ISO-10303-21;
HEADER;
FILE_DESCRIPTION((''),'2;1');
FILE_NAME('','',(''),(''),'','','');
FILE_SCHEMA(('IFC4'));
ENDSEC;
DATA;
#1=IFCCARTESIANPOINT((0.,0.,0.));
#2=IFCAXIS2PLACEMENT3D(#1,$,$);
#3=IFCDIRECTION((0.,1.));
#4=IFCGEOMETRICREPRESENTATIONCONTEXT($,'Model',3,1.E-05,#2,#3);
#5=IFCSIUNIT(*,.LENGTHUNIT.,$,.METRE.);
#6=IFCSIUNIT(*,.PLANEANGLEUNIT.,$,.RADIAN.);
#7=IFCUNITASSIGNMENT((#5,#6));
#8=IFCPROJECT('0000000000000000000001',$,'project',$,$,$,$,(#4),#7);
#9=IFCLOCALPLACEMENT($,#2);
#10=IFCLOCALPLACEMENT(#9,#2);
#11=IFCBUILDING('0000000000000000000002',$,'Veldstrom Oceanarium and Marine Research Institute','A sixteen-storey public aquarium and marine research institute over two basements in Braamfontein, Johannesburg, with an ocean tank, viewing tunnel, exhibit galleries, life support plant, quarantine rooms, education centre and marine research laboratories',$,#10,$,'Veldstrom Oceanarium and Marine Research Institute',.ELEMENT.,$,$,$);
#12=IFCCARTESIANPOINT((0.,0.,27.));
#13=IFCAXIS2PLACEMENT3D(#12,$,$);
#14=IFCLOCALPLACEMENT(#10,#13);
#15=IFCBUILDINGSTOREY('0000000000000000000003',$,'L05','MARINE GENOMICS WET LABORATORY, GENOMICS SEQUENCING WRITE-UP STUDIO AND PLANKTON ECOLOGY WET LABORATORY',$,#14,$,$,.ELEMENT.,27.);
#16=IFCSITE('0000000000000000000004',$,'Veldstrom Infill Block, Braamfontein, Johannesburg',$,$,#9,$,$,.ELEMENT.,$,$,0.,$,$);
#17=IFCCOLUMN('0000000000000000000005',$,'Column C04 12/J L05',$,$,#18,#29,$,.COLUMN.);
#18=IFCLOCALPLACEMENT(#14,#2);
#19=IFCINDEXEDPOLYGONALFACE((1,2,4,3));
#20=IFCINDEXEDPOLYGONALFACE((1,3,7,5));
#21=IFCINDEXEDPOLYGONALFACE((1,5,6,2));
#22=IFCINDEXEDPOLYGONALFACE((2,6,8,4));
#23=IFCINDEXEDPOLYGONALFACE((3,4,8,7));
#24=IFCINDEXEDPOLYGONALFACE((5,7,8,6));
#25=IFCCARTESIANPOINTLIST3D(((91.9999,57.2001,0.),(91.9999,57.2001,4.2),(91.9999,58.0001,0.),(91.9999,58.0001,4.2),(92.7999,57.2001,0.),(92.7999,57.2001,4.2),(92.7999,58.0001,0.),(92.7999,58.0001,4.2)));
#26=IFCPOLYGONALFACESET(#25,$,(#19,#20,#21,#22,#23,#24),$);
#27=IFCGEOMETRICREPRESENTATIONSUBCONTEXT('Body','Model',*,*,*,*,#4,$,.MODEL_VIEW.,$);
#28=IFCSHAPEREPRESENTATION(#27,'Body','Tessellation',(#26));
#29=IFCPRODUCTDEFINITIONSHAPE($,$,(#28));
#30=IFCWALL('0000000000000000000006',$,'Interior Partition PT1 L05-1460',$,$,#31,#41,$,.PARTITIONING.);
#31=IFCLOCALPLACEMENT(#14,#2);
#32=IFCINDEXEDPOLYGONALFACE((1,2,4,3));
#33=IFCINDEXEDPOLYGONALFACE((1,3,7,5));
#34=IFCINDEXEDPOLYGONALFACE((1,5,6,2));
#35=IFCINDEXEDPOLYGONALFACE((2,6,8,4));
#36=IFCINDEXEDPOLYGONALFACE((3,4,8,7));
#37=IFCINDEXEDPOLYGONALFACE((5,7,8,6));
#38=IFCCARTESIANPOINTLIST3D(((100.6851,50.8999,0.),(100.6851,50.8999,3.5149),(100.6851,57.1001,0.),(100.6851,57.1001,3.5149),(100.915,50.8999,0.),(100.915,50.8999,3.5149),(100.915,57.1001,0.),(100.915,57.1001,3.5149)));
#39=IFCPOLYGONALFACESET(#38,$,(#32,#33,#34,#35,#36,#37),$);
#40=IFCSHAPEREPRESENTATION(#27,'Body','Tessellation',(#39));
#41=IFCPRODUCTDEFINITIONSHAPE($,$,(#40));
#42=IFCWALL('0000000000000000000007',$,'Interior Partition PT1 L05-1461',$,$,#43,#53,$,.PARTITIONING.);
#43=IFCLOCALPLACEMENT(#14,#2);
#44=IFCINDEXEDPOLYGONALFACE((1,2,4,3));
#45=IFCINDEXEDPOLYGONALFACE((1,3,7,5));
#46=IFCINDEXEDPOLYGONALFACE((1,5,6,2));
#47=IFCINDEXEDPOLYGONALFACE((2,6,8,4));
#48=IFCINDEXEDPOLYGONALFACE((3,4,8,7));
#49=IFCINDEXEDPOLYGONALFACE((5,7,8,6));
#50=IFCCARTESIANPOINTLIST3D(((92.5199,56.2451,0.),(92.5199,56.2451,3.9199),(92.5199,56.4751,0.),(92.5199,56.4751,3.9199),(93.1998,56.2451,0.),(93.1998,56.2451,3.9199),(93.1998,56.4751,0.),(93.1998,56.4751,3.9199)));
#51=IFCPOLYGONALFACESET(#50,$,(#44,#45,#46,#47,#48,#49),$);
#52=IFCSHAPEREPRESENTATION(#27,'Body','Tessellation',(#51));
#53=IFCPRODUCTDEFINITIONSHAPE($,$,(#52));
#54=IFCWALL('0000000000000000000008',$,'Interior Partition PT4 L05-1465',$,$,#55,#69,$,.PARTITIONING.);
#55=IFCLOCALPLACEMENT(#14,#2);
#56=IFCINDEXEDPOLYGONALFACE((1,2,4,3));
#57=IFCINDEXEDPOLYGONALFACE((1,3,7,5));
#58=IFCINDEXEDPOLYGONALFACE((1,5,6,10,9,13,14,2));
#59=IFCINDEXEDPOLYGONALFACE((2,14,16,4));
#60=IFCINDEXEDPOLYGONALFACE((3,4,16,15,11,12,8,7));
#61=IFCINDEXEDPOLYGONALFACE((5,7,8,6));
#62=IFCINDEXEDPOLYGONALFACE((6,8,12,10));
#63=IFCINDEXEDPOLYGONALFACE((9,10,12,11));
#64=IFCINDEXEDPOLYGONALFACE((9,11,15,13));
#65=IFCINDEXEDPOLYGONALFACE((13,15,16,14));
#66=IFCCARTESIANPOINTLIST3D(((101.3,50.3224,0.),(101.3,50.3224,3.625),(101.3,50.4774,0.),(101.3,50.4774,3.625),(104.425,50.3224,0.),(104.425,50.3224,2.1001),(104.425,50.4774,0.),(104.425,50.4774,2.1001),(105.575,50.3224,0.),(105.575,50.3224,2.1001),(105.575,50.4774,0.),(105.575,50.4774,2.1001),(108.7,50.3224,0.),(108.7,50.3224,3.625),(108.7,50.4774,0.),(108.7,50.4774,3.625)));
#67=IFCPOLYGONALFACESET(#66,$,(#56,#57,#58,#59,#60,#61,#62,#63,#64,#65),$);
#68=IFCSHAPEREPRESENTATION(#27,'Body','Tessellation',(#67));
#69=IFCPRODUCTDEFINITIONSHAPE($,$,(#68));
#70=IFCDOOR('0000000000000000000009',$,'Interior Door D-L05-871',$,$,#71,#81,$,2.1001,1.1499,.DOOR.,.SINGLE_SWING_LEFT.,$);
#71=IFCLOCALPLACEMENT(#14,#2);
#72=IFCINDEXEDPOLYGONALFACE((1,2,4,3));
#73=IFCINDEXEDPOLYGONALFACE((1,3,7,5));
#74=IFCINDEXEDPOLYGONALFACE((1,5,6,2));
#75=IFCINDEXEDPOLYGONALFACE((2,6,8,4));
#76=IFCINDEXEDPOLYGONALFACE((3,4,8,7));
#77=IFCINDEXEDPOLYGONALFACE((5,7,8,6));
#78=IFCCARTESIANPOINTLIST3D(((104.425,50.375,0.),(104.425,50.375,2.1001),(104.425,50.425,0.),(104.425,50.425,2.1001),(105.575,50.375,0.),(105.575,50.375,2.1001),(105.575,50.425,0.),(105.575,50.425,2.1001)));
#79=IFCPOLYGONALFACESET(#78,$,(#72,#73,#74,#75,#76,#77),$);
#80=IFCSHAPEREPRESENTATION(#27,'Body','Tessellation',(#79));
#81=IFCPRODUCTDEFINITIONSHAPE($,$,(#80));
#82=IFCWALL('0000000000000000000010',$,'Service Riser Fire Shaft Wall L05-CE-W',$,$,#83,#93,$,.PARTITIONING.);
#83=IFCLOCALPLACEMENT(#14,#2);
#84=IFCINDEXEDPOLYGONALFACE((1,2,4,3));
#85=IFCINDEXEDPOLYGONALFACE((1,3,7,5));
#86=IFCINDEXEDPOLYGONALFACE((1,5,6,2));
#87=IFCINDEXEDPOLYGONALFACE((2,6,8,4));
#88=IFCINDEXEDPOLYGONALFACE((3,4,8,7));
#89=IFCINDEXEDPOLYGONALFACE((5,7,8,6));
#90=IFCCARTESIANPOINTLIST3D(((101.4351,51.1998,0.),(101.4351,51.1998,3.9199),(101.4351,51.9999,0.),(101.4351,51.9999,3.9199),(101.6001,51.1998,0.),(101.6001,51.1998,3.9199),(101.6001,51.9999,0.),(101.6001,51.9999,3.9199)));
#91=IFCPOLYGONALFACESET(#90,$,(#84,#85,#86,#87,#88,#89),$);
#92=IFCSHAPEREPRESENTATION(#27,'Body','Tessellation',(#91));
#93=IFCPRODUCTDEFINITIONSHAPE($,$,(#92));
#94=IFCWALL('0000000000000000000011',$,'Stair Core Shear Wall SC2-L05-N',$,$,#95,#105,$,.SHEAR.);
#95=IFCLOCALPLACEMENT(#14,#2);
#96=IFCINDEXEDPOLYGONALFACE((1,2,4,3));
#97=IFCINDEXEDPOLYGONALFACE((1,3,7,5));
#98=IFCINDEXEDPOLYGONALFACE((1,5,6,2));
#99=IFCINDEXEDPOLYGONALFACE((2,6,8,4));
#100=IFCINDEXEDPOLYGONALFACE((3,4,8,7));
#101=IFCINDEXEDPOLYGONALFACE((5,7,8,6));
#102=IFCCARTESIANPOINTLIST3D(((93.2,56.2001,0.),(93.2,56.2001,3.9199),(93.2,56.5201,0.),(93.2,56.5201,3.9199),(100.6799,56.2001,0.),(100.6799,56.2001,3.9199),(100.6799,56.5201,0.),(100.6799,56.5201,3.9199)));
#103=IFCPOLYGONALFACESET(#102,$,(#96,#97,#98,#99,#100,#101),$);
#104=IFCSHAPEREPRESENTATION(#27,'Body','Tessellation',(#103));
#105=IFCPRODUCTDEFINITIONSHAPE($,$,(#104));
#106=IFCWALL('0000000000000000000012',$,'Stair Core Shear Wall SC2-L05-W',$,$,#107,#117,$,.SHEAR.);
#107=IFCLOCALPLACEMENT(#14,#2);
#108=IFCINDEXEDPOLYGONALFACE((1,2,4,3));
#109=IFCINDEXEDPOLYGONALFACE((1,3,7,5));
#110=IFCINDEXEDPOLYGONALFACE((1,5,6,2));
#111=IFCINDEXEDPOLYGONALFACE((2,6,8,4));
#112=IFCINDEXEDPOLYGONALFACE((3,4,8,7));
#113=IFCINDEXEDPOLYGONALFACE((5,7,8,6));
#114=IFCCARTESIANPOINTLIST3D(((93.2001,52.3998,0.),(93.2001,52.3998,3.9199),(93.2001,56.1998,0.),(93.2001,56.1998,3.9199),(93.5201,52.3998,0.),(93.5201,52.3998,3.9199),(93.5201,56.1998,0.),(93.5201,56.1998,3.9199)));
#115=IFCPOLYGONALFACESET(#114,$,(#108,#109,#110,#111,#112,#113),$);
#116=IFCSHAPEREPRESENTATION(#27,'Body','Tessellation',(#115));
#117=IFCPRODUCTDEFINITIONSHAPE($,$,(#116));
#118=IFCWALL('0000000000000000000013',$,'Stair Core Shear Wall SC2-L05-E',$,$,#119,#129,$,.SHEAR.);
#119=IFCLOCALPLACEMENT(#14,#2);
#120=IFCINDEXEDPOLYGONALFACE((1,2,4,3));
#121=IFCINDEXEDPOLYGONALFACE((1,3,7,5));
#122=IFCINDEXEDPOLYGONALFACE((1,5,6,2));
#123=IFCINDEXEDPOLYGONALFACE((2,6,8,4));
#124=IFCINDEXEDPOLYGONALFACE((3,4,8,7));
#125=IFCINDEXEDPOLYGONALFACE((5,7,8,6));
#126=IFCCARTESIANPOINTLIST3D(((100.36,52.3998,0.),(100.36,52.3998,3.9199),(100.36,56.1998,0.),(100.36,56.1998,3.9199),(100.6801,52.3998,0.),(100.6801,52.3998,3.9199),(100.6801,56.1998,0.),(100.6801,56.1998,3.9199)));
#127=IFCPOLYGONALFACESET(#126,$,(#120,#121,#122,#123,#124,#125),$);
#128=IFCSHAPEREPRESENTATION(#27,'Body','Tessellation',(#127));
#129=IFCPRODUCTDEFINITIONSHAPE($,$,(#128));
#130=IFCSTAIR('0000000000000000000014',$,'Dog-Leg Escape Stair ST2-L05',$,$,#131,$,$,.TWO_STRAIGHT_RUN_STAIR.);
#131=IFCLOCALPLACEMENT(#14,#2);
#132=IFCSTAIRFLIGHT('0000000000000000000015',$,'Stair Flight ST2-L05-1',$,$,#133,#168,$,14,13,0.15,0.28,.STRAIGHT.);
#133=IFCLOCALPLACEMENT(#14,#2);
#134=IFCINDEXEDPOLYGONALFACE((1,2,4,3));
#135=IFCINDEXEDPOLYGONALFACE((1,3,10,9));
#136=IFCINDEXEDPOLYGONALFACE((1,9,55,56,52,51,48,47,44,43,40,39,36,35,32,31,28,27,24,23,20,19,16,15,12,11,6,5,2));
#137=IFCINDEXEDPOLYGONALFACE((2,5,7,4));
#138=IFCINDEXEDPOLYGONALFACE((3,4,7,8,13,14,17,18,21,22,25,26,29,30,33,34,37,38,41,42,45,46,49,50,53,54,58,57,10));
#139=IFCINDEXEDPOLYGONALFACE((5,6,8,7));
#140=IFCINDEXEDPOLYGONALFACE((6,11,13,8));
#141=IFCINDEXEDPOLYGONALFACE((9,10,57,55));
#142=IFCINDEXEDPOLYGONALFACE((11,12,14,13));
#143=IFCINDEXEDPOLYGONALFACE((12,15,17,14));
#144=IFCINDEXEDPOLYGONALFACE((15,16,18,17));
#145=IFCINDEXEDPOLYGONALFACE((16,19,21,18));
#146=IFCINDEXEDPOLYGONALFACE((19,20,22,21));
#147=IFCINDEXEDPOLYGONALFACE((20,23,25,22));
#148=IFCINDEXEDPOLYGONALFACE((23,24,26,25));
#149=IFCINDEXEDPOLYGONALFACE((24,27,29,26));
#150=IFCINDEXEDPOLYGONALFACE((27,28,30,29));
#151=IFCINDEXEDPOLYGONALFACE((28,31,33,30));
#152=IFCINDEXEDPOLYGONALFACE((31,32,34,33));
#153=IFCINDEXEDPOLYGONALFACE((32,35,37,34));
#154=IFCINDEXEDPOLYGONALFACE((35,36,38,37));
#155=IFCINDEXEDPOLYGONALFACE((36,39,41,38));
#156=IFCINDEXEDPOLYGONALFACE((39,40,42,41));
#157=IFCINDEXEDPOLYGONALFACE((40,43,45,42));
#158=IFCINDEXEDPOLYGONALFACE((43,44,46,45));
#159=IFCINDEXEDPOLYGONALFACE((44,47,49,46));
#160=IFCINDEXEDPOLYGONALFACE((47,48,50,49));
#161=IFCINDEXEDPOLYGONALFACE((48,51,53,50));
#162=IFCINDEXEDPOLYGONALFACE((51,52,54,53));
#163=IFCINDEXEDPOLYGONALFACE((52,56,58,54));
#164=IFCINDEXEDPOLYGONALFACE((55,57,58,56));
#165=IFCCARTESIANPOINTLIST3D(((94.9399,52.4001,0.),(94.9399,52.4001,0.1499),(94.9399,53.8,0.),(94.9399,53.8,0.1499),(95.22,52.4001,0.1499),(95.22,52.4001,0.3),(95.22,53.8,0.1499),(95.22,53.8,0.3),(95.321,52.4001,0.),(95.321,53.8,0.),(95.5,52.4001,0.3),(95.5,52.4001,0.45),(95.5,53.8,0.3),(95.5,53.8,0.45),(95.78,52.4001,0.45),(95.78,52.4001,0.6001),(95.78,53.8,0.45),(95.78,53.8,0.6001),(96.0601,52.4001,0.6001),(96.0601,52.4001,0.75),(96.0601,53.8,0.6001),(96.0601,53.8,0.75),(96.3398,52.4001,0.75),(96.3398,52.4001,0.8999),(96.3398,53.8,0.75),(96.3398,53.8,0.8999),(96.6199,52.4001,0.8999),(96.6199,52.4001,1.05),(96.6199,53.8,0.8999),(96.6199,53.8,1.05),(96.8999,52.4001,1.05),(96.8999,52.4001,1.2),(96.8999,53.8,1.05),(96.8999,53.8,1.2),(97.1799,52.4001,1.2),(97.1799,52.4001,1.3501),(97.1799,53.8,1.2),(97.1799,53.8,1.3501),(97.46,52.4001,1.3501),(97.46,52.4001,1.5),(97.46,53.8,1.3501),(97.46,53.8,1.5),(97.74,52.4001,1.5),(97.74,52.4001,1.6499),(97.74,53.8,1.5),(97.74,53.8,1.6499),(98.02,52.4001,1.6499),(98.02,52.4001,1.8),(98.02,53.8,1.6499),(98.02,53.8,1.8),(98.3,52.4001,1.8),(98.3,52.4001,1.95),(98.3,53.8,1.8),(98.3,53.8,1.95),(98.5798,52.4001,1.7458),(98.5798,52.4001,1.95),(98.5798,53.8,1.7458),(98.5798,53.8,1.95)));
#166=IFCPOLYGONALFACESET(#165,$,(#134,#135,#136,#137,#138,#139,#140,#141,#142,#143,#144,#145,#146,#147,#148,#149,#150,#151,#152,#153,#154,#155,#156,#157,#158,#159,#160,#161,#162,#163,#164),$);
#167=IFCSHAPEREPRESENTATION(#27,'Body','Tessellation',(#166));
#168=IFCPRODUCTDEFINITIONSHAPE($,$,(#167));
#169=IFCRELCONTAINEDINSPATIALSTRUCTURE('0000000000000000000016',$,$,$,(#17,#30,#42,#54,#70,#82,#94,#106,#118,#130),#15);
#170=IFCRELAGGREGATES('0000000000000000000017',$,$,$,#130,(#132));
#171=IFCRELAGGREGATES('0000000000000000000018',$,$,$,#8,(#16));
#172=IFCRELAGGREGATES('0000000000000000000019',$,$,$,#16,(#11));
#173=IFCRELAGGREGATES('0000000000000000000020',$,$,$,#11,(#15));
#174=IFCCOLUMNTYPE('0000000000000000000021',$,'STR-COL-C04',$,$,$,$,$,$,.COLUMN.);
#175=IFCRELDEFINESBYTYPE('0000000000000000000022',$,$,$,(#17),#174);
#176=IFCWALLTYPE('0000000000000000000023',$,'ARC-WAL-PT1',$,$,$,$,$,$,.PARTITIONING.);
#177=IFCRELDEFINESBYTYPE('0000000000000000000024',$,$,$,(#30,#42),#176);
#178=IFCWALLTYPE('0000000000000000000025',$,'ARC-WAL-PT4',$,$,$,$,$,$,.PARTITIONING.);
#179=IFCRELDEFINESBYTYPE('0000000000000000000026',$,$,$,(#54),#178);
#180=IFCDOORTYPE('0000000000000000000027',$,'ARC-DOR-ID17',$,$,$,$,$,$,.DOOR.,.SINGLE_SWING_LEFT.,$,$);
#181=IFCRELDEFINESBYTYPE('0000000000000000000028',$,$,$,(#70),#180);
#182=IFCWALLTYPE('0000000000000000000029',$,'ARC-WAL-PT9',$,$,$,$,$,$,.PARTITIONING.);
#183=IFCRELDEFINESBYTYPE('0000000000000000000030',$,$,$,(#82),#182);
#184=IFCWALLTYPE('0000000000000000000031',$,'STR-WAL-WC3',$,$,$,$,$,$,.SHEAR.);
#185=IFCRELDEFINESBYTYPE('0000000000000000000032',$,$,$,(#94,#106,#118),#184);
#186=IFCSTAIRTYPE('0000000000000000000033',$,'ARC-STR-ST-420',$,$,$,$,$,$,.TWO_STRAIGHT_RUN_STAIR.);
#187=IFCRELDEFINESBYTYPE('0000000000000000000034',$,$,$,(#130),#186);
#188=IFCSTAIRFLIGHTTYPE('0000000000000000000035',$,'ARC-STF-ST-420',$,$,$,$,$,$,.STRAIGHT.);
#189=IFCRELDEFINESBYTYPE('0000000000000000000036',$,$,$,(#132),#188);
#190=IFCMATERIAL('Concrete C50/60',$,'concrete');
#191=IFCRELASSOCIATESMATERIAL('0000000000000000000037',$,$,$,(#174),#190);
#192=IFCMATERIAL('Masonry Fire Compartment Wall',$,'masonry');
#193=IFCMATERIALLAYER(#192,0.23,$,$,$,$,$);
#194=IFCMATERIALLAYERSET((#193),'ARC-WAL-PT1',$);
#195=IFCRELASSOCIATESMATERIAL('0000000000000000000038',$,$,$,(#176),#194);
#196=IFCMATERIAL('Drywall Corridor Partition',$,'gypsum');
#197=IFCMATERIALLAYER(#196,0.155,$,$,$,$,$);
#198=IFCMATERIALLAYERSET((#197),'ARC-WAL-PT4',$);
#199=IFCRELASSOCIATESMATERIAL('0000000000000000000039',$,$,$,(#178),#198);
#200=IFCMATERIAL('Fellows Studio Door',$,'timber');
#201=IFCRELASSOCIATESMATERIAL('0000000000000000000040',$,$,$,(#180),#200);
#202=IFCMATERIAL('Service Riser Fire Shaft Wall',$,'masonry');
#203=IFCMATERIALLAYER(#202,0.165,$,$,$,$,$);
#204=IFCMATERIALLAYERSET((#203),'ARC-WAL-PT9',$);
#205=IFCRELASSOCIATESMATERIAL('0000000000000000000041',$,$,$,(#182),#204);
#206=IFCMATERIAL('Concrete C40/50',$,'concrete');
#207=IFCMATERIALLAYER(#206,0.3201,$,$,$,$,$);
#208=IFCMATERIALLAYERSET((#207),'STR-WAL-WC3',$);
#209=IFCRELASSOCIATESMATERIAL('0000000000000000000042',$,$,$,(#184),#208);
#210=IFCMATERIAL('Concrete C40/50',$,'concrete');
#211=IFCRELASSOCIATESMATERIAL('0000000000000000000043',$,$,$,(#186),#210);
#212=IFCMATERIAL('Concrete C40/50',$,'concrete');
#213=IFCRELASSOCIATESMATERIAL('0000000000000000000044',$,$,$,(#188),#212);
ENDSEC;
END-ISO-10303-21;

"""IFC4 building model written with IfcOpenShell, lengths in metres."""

from ifc_helpers import new_model, si_unit, direction, frame, frame_2d, origin, origin_2d, place, context, subcontext, project, spatial, polyline, rectangle, outline, extrude, material, layer, layer_set, material_profile, profile_set, type_object, element, fill, aggregate, save


model = new_model("IFC4")

# Units and contexts
model_context = context("Model", 3, precision=1e-05, world=origin(), true_north=direction((0.0, 1.0)))
body_context = subcontext(model_context, "Body", "Model", "MODEL_VIEW")
ifc_project = project(units=[si_unit("LENGTHUNIT", "METRE"), si_unit("PLANEANGLEUNIT", "RADIAN")], contexts=[model_context])

# Site, building, storey
site_placement = place(None, origin())
site = spatial("IfcSite", under=ifc_project, at=site_placement, Name="Veldstrom Infill Block, Braamfontein, Johannesburg", CompositionType="ELEMENT", RefElevation=0.0)
building_placement = place(site_placement, origin())
building = spatial("IfcBuilding", under=site, at=building_placement, Name="Veldstrom Oceanarium and Marine Research Institute", Description="A sixteen-storey public aquarium and marine research institute over two basements in Braamfontein, Johannesburg, with an ocean tank, viewing tunnel, exhibit galleries, life support plant, quarantine rooms, education centre and marine research laboratories", LongName="Veldstrom Oceanarium and Marine Research Institute", CompositionType="ELEMENT")
storey_placement = place(building_placement, frame((0.0, 0.0, 27.0)))
storey = spatial("IfcBuildingStorey", under=building, at=storey_placement, Name="L05", Description="MARINE GENOMICS WET LABORATORY, GENOMICS SEQUENCING WRITE-UP STUDIO AND PLANKTON ECOLOGY WET LABORATORY", CompositionType="ELEMENT", Elevation=27.0)

# Column
ifc_material_1 = material(Name="Concrete C50/60", Category="concrete")
ifc_material_profile = material_profile(ifc_material_1, rectangle(XDim=0.8, YDim=0.8, at=origin_2d()), Name="RC-COL-800x800")
ifc_profile_set = profile_set([ifc_material_profile], Name="Concrete C50/60")
column_type = type_object("IfcColumnType", Name="STR-COL-C04", PredefinedType="COLUMN", material=ifc_profile_set)
column_placement = place(storey_placement, frame((92.3999, 57.6001, 0.0), z_axis=(0.0, 0.0, 1.0), x_axis=(1.0, 0.0, 0.0)))
element("IfcColumn", 1, at=column_placement, inside=storey, type_object=column_type, Name="Column C04 12/J L05", PredefinedType="COLUMN", context=body_context, shape_type="SweptSolid", body=[
    extrude(rectangle(XDim=0.8, YDim=0.8, at=origin_2d()), origin(), (0.0, 0.0, 1.0), 4.2),
])

# Shared definitions
ifc_material_2 = material(Name="Masonry Fire Compartment Wall", Category="masonry")
ifc_layer_1 = layer(ifc_material_2, 0.23)
ifc_layer_set_1 = layer_set([ifc_layer_1], Name="ARC-WAL-PT1")
wall_type_1 = type_object("IfcWallType", Name="ARC-WAL-PT1", PredefinedType="PARTITIONING", material=ifc_layer_set_1)

# Walls
wall_1_placement = place(storey_placement, frame((100.8, 50.8999, 0.0), z_axis=(0.0, 0.0, 1.0), x_axis=(0.0, 1.0, 0.0)))
element("IfcWall", 2, at=wall_1_placement, inside=storey, type_object=wall_type_1, Name="Interior Partition PT1 L05-1460", PredefinedType="PARTITIONING", context=body_context, shape_type="SweptSolid", body=[
    extrude(rectangle(XDim=6.2002, YDim=0.23, at=frame_2d((3.1001, 0.0))), origin(), (0.0, 0.0, 1.0), 3.5149),
])
wall_2_placement = place(storey_placement, frame((92.52, 56.3601, 0.0), z_axis=(0.0, 0.0, 1.0), x_axis=(1.0, 0.0, 0.0)))
element("IfcWall", 3, at=wall_2_placement, inside=storey, type_object=wall_type_1, Name="Interior Partition PT1 L05-1461", PredefinedType="PARTITIONING", context=body_context, shape_type="SweptSolid", body=[
    extrude(rectangle(XDim=0.6799, YDim=0.23, at=frame_2d((0.3398, 0.0))), origin(), (0.0, 0.0, 1.0), 3.9199),
])

# Wall, opening, door
ifc_material_3 = material(Name="Drywall Corridor Partition", Category="gypsum")
ifc_layer_2 = layer(ifc_material_3, 0.155)
ifc_layer_set_2 = layer_set([ifc_layer_2], Name="ARC-WAL-PT4")
wall_type_2 = type_object("IfcWallType", Name="ARC-WAL-PT4", PredefinedType="PARTITIONING", material=ifc_layer_set_2)
wall_3_placement = place(storey_placement, frame((101.3, 50.3999, 0.0), z_axis=(0.0, 0.0, 1.0), x_axis=(1.0, 0.0, 0.0)))
wall_3 = element("IfcWall", 4, at=wall_3_placement, inside=storey, type_object=wall_type_2, Name="Interior Partition PT4 L05-1465", PredefinedType="PARTITIONING", context=body_context, shape_type="SweptSolid", body=[
    extrude(rectangle(XDim=7.3999, YDim=0.155, at=frame_2d((3.7, 0.0))), origin(), (0.0, 0.0, 1.0), 3.625),
])
opening_1_placement = place(wall_3_placement, frame((3.125, 0.0, 0.0)))
opening_1 = element("IfcOpeningElement", 5, at=opening_1_placement, cuts=wall_3, PredefinedType="OPENING", context=body_context, shape_type="SweptSolid", body=[
    extrude(rectangle(XDim=1.1499, YDim=2.1001, at=frame_2d((0.575, 1.05))), frame((0.0, 0.0874, 0.0), z_axis=(0.0, -1.0, 0.0), x_axis=(1.0, 0.0, 0.0)), (0.0, 0.0, 1.0), 0.175),
])
ifc_material_4 = material(Name="Fellows Studio Door", Category="timber")
door_type_1 = type_object("IfcDoorType", Name="ARC-DOR-ID17", OperationType="SINGLE_SWING_LEFT", PredefinedType="DOOR", material=ifc_material_4)
door_1_placement = place(opening_1_placement, frame((1.1499, 0.0, 0.0), z_axis=(0.0, 0.0, 1.0), x_axis=(-1.0, 0.0, 0.0)))
door_1 = element("IfcDoor", 6, at=door_1_placement, inside=storey, type_object=door_type_1, Name="Interior Door D-L05-871", OperationType="SINGLE_SWING_LEFT", OverallHeight=2.1001, OverallWidth=1.1499, PredefinedType="DOOR", context=body_context, shape_type="SweptSolid", body=[
    extrude(rectangle(XDim=1.1499, YDim=2.1001, at=frame_2d((0.575, 1.05))), frame((0.0, 0.0249, 0.0), z_axis=(0.0, -1.0, 0.0), x_axis=(1.0, 0.0, 0.0)), (0.0, 0.0, 1.0), 0.05),
])
fill(opening_1, door_1)

# Wall
ifc_material_5 = material(Name="Service Riser Fire Shaft Wall", Category="masonry")
ifc_layer_3 = layer(ifc_material_5, 0.165)
ifc_layer_set_3 = layer_set([ifc_layer_3], Name="ARC-WAL-PT9")
wall_type_3 = type_object("IfcWallType", Name="ARC-WAL-PT9", PredefinedType="PARTITIONING", material=ifc_layer_set_3)
wall_4_placement = place(storey_placement, frame((101.5176, 51.2, 0.0), z_axis=(0.0, 0.0, 1.0), x_axis=(0.0, 1.0, 0.0)))
element("IfcWall", 7, at=wall_4_placement, inside=storey, type_object=wall_type_3, Name="Service Riser Fire Shaft Wall L05-CE-W", PredefinedType="PARTITIONING", context=body_context, shape_type="SweptSolid", body=[
    extrude(rectangle(XDim=0.8, YDim=0.165, at=frame_2d((0.3999, 0.0))), origin(), (0.0, 0.0, 1.0), 3.9199),
])

# Shared definitions
ifc_material_6 = material(Name="Concrete C40/50", Category="concrete")
ifc_layer_4 = layer(ifc_material_6, 0.3201)
ifc_layer_set_4 = layer_set([ifc_layer_4], Name="STR-WAL-WC3")
wall_type_4 = type_object("IfcWallType", Name="STR-WAL-WC3", PredefinedType="SHEAR", material=ifc_layer_set_4)

# Walls
wall_5_placement = place(storey_placement, frame((93.2, 56.3601, 0.0), z_axis=(0.0, 0.0, 1.0), x_axis=(1.0, 0.0, 0.0)))
element("IfcWall", 8, at=wall_5_placement, inside=storey, type_object=wall_type_4, Name="Stair Core Shear Wall SC2-L05-N", PredefinedType="SHEAR", context=body_context, shape_type="SweptSolid", body=[
    extrude(rectangle(XDim=7.48, YDim=0.3201, at=frame_2d((3.74, 0.0))), origin(), (0.0, 0.0, 1.0), 3.9199),
])
for number, where, z_axis, x_axis, name in (
    (9, (93.3601, 52.3999, 0.0), (0.0, 0.0, 1.0), (0.0, 1.0, 0.0), "Stair Core Shear Wall SC2-L05-W"),
    (10, (100.52, 52.3999, 0.0), (0.0, 0.0, 1.0), (0.0, 1.0, 0.0), "Stair Core Shear Wall SC2-L05-E"),
):
    element("IfcWall", number, at=place(storey_placement, frame(where, z_axis=z_axis, x_axis=x_axis)), inside=storey, type_object=wall_type_4, Name=name, PredefinedType="SHEAR", context=body_context, shape_type="SweptSolid", body=[
        extrude(rectangle(XDim=3.8, YDim=0.3201, at=frame_2d((1.8999, 0.0))), origin(), (0.0, 0.0, 1.0), 3.9199),
    ])

# Stair, stair flight
ifc_material_7 = material(Name="Concrete C40/50", Category="concrete")
stair_type = type_object("IfcStairType", Name="ARC-STR-ST-420", PredefinedType="TWO_STRAIGHT_RUN_STAIR", material=ifc_material_7)
stair_placement = place(storey_placement, origin())
stair = element("IfcStair", 11, at=stair_placement, inside=storey, type_object=stair_type, Name="Dog-Leg Escape Stair ST2-L05", PredefinedType="TWO_STRAIGHT_RUN_STAIR")
ifc_material_8 = material(Name="Concrete C40/50", Category="concrete")
stair_flight_type = type_object("IfcStairFlightType", Name="ARC-STF-ST-420", PredefinedType="STRAIGHT", material=ifc_material_8)
stair_flight_1_placement = place(storey_placement, frame((94.9399, 53.1001, 0.0), z_axis=(0.0, 0.0, 1.0), x_axis=(1.0, 0.0, 0.0)))
stair_flight_1 = element("IfcStairFlight", 12, at=stair_flight_1_placement, type_object=stair_flight_type, Name="Stair Flight ST2-L05-1", NumberOfRisers=14, NumberOfTreads=13, PredefinedType="STRAIGHT", RiserHeight=0.15, TreadLength=0.28, context=body_context, shape_type="SweptSolid", body=[
    extrude(outline(polyline([(0.0, 0.0), (0.0, 0.1499), (0.28, 0.1499), (0.28, 0.3), (0.5601, 0.3), (0.5601, 0.45), (0.8401, 0.45), (0.8401, 0.6001), (1.1201, 0.6001), (1.1201, 0.75), (1.3999, 0.75), (1.3999, 0.8999), (1.6799, 0.8999), (1.6799, 1.05), (1.96, 1.05), (1.96, 1.2), (2.24, 1.2), (2.24, 1.3501), (2.52, 1.3501), (2.52, 1.5), (2.8, 1.5), (2.8, 1.6499), (3.0801, 1.6499), (3.0801, 1.8), (3.3601, 1.8), (3.3601, 1.95), (3.6399, 1.95), (3.6399, 2.1001), (3.6399, 1.7458), (0.3811, 0.0), (0.0, 0.0)])), frame((0.0, 0.7, 0.0), z_axis=(0.0, -1.0, 0.0), x_axis=(1.0, 0.0, 0.0)), (0.0, 0.0, 1.0), 1.3999),
])
aggregate(stair, [stair_flight_1])

save(model, "model.ifc")
